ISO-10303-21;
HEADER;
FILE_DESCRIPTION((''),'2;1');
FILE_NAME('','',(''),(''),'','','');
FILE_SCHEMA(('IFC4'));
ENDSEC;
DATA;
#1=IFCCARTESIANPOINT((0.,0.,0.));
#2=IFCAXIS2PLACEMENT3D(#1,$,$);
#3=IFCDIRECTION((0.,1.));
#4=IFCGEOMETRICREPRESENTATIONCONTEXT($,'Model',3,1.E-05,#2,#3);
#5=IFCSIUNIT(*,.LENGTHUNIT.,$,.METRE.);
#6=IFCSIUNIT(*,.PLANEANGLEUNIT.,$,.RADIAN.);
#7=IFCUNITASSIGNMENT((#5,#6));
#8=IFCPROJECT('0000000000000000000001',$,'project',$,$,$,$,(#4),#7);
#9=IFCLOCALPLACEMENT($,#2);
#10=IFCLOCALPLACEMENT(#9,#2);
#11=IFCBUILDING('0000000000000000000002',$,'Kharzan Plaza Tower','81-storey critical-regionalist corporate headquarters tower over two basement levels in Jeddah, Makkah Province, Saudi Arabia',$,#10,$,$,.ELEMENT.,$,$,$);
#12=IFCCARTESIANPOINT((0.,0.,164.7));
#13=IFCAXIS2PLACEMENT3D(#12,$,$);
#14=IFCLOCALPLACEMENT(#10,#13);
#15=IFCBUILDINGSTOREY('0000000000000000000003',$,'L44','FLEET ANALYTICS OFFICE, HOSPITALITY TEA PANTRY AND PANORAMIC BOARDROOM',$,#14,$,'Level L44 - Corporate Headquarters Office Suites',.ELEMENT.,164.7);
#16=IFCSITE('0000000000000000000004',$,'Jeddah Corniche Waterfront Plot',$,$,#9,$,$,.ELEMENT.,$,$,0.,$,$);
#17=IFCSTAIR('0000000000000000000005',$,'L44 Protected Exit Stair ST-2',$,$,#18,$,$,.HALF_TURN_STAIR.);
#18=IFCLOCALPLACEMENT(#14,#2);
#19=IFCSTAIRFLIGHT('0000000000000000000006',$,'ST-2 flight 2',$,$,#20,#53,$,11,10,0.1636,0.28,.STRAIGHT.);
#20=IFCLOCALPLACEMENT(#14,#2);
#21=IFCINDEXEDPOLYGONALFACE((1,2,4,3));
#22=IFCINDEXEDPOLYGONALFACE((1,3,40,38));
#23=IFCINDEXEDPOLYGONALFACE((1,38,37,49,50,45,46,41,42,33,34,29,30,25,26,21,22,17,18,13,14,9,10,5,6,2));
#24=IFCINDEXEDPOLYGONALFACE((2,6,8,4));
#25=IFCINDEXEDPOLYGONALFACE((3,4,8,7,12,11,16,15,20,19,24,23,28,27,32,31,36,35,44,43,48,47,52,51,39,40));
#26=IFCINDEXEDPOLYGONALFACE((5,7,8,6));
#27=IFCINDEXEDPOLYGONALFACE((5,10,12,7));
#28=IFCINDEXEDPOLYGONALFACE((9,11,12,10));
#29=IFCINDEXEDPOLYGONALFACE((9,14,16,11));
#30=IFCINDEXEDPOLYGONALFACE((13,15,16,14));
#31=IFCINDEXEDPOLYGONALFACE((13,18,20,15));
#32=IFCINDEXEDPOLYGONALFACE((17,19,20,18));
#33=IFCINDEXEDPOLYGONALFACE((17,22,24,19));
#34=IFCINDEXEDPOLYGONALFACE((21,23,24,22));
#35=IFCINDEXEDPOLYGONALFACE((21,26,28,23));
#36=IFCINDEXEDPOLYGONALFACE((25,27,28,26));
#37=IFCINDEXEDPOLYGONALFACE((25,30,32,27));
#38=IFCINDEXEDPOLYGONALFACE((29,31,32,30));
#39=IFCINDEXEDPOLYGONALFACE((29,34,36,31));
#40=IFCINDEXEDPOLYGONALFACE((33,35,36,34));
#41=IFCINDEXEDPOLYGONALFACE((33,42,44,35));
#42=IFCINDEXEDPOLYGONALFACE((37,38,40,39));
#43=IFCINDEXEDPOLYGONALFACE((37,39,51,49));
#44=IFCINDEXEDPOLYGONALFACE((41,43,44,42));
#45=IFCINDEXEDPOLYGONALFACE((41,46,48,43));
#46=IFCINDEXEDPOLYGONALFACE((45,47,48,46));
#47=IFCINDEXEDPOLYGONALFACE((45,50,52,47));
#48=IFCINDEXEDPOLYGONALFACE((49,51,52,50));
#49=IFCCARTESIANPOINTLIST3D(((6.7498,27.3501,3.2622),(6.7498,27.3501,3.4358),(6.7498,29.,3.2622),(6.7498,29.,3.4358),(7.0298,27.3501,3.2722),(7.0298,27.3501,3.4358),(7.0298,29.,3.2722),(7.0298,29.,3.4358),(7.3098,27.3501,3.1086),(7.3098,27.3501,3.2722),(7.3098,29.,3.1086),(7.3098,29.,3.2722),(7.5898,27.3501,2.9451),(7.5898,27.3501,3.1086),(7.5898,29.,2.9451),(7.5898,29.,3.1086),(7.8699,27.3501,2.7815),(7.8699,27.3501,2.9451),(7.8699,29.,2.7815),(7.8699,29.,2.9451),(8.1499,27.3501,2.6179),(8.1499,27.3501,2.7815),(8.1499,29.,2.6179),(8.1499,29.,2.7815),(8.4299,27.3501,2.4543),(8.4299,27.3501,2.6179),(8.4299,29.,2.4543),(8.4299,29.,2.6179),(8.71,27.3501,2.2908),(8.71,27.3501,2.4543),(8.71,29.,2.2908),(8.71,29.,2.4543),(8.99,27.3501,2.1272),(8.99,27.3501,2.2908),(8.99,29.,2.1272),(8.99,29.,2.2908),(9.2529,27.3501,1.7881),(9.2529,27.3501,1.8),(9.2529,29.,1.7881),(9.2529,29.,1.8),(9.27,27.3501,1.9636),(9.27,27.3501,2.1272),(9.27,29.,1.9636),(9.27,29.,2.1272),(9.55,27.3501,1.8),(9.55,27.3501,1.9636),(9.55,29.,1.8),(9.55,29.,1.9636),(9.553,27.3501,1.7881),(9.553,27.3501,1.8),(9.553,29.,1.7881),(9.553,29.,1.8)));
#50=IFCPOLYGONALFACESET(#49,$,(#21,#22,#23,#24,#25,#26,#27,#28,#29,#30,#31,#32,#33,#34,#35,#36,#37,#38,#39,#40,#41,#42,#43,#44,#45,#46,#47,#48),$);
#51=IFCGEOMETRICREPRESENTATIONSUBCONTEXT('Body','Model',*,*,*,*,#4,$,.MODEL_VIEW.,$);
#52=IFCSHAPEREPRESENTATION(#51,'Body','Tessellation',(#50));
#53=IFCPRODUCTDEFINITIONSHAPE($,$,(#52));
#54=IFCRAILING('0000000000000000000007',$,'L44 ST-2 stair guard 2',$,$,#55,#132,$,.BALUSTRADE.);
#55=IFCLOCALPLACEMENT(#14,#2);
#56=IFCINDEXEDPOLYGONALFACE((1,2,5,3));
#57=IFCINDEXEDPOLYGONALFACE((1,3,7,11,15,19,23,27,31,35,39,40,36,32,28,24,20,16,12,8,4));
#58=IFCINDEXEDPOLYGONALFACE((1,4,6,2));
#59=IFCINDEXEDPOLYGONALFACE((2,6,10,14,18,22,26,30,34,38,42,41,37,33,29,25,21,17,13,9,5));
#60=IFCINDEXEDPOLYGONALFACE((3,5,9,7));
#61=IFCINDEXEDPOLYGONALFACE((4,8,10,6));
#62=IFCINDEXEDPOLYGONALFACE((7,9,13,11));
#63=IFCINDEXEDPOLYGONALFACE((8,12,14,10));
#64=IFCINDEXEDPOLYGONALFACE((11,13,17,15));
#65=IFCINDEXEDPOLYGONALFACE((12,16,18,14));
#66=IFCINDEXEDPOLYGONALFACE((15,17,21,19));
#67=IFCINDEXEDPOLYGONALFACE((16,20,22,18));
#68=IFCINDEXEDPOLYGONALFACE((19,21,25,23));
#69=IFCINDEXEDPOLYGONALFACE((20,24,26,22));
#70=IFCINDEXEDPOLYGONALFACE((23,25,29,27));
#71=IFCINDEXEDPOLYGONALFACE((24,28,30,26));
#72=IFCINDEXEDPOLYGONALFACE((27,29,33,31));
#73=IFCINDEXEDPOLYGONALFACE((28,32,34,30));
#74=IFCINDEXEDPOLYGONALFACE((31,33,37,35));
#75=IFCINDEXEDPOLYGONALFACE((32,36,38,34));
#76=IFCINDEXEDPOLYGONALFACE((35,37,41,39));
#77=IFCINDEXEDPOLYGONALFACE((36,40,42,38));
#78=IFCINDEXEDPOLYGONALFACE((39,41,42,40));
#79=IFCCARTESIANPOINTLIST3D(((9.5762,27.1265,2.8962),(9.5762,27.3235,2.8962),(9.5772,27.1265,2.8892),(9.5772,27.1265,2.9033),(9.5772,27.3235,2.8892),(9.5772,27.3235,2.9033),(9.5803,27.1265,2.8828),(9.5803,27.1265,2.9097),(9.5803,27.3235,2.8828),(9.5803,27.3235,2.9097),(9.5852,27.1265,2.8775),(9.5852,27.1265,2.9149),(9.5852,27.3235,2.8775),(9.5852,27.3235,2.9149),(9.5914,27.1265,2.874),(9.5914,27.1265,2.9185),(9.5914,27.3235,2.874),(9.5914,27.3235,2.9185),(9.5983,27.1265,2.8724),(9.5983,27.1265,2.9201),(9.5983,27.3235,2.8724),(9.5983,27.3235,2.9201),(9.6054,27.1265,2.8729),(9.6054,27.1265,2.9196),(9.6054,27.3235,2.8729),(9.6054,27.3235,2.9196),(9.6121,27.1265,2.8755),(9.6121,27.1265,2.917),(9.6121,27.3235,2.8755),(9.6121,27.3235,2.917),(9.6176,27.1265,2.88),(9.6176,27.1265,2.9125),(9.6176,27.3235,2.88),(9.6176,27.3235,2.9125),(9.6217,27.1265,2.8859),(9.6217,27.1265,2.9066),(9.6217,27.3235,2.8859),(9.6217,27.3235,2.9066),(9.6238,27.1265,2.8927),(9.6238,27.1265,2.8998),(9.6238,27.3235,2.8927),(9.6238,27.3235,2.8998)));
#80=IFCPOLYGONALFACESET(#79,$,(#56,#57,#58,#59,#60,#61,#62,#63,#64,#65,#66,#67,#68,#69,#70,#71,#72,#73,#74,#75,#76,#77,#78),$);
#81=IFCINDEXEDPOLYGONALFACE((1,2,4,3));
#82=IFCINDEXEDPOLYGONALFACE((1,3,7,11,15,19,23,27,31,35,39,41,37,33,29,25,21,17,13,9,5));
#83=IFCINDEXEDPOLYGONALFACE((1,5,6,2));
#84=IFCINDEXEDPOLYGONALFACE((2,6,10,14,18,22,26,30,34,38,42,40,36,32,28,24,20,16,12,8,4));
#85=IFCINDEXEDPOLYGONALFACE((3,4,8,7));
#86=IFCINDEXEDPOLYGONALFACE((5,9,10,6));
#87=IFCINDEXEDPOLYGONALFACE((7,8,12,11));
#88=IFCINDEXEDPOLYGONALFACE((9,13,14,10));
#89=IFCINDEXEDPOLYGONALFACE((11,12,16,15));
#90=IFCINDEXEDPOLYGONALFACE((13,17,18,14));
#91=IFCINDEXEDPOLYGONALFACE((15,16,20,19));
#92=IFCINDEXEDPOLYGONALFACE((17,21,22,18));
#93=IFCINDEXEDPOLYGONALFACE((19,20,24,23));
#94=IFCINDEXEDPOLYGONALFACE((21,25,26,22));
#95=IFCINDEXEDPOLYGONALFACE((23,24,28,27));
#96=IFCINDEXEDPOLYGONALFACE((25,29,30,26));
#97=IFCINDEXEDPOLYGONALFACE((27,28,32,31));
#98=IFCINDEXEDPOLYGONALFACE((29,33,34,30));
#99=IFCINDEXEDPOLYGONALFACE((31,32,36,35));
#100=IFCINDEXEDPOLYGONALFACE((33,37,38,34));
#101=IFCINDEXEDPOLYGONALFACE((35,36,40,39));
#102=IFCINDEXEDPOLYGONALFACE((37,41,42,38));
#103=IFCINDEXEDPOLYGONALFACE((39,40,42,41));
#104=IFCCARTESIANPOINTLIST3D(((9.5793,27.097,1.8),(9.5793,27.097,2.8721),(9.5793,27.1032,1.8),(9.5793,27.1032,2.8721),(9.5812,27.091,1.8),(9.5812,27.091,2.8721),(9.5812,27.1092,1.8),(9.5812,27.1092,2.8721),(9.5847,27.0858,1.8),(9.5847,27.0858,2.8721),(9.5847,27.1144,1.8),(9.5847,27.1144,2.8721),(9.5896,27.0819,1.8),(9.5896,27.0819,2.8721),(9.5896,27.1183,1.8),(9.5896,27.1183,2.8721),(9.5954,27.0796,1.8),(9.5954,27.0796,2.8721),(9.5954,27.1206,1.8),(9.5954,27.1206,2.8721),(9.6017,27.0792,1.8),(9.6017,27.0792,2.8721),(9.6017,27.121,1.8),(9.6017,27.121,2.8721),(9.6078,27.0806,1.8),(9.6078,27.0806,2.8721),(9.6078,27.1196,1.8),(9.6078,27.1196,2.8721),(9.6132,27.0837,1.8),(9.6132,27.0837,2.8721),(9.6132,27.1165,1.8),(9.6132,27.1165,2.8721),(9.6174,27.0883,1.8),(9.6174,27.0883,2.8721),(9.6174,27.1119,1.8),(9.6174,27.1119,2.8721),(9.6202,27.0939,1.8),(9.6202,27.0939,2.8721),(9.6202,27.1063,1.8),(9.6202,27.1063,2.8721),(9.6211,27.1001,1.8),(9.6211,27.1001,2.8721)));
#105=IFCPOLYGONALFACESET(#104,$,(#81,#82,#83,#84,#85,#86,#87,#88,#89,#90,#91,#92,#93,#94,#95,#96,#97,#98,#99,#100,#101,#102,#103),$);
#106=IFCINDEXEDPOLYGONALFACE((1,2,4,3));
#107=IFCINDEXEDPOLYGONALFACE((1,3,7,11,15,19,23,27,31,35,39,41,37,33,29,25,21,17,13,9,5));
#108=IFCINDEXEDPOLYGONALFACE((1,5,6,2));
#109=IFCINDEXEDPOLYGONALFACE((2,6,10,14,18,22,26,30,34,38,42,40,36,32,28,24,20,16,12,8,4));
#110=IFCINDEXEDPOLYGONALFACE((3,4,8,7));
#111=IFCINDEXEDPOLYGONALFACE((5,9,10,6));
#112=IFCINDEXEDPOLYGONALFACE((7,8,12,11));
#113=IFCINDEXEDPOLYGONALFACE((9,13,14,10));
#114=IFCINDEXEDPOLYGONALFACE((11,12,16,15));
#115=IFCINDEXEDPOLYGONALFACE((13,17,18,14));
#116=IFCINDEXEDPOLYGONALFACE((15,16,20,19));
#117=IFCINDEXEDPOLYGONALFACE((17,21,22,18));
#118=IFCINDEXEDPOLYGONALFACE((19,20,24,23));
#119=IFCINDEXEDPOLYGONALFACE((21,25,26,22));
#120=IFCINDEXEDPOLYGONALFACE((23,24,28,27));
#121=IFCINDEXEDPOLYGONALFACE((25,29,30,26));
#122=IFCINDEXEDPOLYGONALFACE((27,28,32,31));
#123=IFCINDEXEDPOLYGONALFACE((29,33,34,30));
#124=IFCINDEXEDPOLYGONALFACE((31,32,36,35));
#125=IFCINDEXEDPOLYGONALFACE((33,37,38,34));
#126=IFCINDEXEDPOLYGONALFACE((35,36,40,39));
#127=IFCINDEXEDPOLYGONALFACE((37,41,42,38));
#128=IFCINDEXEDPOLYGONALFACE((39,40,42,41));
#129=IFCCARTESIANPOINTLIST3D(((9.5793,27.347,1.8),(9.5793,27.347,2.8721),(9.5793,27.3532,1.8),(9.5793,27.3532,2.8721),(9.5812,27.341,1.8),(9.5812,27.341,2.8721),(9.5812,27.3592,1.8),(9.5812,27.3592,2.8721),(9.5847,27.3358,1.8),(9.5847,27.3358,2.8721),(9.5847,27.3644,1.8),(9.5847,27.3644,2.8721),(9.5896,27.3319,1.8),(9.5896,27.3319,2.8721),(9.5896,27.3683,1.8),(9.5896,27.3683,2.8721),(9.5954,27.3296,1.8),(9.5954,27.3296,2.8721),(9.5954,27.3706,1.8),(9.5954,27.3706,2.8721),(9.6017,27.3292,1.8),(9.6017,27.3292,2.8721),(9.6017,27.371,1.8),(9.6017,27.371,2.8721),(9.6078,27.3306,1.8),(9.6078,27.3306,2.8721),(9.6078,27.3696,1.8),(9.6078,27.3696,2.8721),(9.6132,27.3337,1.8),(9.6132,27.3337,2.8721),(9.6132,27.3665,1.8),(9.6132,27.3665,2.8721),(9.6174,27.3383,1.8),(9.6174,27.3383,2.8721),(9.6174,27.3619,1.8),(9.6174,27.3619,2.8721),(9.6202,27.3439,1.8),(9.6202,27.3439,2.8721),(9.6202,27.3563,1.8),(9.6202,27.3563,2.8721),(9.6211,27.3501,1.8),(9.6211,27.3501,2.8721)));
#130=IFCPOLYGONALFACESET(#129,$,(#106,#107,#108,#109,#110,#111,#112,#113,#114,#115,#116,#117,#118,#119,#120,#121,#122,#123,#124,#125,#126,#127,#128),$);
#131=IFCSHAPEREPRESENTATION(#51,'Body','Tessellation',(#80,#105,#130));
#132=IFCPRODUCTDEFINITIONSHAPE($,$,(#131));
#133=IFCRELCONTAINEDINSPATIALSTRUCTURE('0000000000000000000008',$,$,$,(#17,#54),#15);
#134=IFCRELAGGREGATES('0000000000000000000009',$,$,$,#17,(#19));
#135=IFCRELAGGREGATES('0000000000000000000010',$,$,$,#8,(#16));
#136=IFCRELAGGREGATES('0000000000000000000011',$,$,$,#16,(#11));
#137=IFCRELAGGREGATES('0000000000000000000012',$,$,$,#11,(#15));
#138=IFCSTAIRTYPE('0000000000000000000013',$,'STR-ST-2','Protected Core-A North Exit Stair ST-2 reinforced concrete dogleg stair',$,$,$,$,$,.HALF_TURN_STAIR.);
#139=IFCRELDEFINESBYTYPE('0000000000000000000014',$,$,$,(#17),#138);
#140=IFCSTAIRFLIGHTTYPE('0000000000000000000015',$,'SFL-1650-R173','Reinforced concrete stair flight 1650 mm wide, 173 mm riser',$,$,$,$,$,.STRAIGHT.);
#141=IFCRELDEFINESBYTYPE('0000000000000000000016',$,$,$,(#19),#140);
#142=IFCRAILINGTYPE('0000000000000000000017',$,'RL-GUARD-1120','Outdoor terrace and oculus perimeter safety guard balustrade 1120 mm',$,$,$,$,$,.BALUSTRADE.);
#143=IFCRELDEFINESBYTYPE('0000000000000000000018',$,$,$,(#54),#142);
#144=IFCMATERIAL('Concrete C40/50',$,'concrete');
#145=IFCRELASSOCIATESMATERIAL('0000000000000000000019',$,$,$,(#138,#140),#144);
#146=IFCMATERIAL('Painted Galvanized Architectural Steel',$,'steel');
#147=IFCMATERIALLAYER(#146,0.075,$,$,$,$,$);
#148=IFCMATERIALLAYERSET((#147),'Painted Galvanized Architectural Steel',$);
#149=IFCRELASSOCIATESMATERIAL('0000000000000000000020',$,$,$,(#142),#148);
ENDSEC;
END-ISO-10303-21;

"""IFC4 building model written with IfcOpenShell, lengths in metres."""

from ifc_helpers import new_model, si_unit, direction, frame, origin, origin_2d, place, context, subcontext, project, spatial, polyline, circle, outline, extrude, source, transform, mapped, material, layer, layer_set, type_object, element, aggregate, save


model = new_model("IFC4")

# Units and contexts
model_context = context("Model", 3, precision=1e-05, world=origin(), true_north=direction((0.0, 1.0)))
body_context = subcontext(model_context, "Body", "Model", "MODEL_VIEW")
ifc_project = project(units=[si_unit("LENGTHUNIT", "METRE"), si_unit("PLANEANGLEUNIT", "RADIAN")], contexts=[model_context])

# Site, building, storey
site_placement = place(None, origin())
site = spatial("IfcSite", under=ifc_project, at=site_placement, Name="Jeddah Corniche Waterfront Plot", CompositionType="ELEMENT", RefElevation=0.0)
building_placement = place(site_placement, origin())
building = spatial("IfcBuilding", under=site, at=building_placement, Name="Kharzan Plaza Tower", Description="81-storey critical-regionalist corporate headquarters tower over two basement levels in Jeddah, Makkah Province, Saudi Arabia", CompositionType="ELEMENT")
storey_placement = place(building_placement, frame((0.0, 0.0, 164.7)))
storey = spatial("IfcBuildingStorey", under=building, at=storey_placement, Name="L44", Description="FLEET ANALYTICS OFFICE, HOSPITALITY TEA PANTRY AND PANORAMIC BOARDROOM", LongName="Level L44 - Corporate Headquarters Office Suites", CompositionType="ELEMENT", Elevation=164.7)

# Shared definitions
ifc_material_1 = material(Name="Concrete C40/50", Category="concrete")

# Stair, stair flight
stair_type = type_object("IfcStairType", Name="STR-ST-2", Description="Protected Core-A North Exit Stair ST-2 reinforced concrete dogleg stair", PredefinedType="HALF_TURN_STAIR", material=ifc_material_1)
stair_placement = place(storey_placement, origin())
stair = element("IfcStair", 1, at=stair_placement, inside=storey, type_object=stair_type, Name="L44 Protected Exit Stair ST-2", PredefinedType="HALF_TURN_STAIR")
stair_flight_type = type_object("IfcStairFlightType", Name="SFL-1650-R173", Description="Reinforced concrete stair flight 1650 mm wide, 173 mm riser", PredefinedType="STRAIGHT", material=ifc_material_1)
shared_shape_1 = source(origin(), body_context, "Body", "SweptSolid", [
    extrude(outline(polyline([(-0.0029, -0.012), (-0.0029, 0.0), (0.0, 0.0), (0.0, 0.1636), (0.28, 0.1636), (0.28, 0.3271), (0.5601, 0.3271), (0.5601, 0.4907), (0.8401, 0.4907), (0.8401, 0.6543), (1.1201, 0.6543), (1.1201, 0.8179), (1.4001, 0.8179), (1.4001, 0.9814), (1.6802, 0.9814), (1.6802, 1.145), (1.9602, 1.145), (1.9602, 1.3086), (2.2402, 1.3086), (2.2402, 1.4722), (2.5203, 1.4722), (2.5203, 1.6357), (2.8003, 1.6357), (2.8003, 1.7993), (2.8003, 1.4622), (0.2971, 0.0), (0.2971, -0.012), (-0.0029, -0.012)])), frame((0.0, 0.825, 0.0), z_axis=(0.0, -1.0, 0.0), x_axis=(1.0, 0.0, 0.0)), (0.0, 0.0, 1.0), 1.6499),
])
stair_flight_placement = place(storey_placement, frame((9.55, 28.175, 1.8), z_axis=(0.0, 0.0, 1.0), x_axis=(-1.0, 0.0, 0.0)))
stair_flight = element("IfcStairFlight", 2, at=stair_flight_placement, type_object=stair_flight_type, Name="ST-2 flight 2", NumberOfRisers=11, NumberOfTreads=10, PredefinedType="STRAIGHT", RiserHeight=0.1636, TreadLength=0.28, context=body_context, shape_type="MappedRepresentation", body=[
    mapped(shared_shape_1, transform((0.0, 0.0, 0.0), x_axis=(1.0, 0.0, 0.0), y_axis=(0.0, 1.0, 0.0), z_axis=(0.0, 0.0, 1.0))),
])
aggregate(stair, [stair_flight])

# Railing
ifc_material_2 = material(Name="Painted Galvanized Architectural Steel", Category="steel")
ifc_layer_1 = layer(ifc_material_2, 0.075)
ifc_layer_set_1 = layer_set([ifc_layer_1], Name="Painted Galvanized Architectural Steel")
railing_type_1 = type_object("IfcRailingType", Name="RL-GUARD-1120", Description="Outdoor terrace and oculus perimeter safety guard balustrade 1120 mm", PredefinedType="BALUSTRADE", material=ifc_layer_set_1)
shared_shape_2 = source(origin(), body_context, "Body", "SweptSolid", [
    extrude(circle(Radius=0.0239, at=origin_2d()), frame((0.0, 0.0264, 1.0962), z_axis=(0.0, 1.0, 0.0), x_axis=(-1.0, 0.0, 0.0)), (0.0, 0.0, 1.0), 0.197),
    extrude(circle(Radius=0.021, at=origin_2d()), origin(), (0.0, 0.0, 1.0), 1.072),
    extrude(circle(Radius=0.021, at=origin_2d()), frame((0.0, 0.25, 0.0)), (0.0, 0.0, 1.0), 1.072),
])
railing_1_placement = place(storey_placement, frame((9.6001, 27.1001, 1.8)))
element("IfcRailing", 3, at=railing_1_placement, inside=storey, type_object=railing_type_1, Name="L44 ST-2 stair guard 2", PredefinedType="BALUSTRADE", context=body_context, shape_type="MappedRepresentation", body=[
    mapped(shared_shape_2, transform((0.0, 0.0, 0.0), x_axis=(1.0, 0.0, 0.0), y_axis=(0.0, 1.0, 0.0), z_axis=(0.0, 0.0, 1.0))),
])

save(model, "model.ifc")
